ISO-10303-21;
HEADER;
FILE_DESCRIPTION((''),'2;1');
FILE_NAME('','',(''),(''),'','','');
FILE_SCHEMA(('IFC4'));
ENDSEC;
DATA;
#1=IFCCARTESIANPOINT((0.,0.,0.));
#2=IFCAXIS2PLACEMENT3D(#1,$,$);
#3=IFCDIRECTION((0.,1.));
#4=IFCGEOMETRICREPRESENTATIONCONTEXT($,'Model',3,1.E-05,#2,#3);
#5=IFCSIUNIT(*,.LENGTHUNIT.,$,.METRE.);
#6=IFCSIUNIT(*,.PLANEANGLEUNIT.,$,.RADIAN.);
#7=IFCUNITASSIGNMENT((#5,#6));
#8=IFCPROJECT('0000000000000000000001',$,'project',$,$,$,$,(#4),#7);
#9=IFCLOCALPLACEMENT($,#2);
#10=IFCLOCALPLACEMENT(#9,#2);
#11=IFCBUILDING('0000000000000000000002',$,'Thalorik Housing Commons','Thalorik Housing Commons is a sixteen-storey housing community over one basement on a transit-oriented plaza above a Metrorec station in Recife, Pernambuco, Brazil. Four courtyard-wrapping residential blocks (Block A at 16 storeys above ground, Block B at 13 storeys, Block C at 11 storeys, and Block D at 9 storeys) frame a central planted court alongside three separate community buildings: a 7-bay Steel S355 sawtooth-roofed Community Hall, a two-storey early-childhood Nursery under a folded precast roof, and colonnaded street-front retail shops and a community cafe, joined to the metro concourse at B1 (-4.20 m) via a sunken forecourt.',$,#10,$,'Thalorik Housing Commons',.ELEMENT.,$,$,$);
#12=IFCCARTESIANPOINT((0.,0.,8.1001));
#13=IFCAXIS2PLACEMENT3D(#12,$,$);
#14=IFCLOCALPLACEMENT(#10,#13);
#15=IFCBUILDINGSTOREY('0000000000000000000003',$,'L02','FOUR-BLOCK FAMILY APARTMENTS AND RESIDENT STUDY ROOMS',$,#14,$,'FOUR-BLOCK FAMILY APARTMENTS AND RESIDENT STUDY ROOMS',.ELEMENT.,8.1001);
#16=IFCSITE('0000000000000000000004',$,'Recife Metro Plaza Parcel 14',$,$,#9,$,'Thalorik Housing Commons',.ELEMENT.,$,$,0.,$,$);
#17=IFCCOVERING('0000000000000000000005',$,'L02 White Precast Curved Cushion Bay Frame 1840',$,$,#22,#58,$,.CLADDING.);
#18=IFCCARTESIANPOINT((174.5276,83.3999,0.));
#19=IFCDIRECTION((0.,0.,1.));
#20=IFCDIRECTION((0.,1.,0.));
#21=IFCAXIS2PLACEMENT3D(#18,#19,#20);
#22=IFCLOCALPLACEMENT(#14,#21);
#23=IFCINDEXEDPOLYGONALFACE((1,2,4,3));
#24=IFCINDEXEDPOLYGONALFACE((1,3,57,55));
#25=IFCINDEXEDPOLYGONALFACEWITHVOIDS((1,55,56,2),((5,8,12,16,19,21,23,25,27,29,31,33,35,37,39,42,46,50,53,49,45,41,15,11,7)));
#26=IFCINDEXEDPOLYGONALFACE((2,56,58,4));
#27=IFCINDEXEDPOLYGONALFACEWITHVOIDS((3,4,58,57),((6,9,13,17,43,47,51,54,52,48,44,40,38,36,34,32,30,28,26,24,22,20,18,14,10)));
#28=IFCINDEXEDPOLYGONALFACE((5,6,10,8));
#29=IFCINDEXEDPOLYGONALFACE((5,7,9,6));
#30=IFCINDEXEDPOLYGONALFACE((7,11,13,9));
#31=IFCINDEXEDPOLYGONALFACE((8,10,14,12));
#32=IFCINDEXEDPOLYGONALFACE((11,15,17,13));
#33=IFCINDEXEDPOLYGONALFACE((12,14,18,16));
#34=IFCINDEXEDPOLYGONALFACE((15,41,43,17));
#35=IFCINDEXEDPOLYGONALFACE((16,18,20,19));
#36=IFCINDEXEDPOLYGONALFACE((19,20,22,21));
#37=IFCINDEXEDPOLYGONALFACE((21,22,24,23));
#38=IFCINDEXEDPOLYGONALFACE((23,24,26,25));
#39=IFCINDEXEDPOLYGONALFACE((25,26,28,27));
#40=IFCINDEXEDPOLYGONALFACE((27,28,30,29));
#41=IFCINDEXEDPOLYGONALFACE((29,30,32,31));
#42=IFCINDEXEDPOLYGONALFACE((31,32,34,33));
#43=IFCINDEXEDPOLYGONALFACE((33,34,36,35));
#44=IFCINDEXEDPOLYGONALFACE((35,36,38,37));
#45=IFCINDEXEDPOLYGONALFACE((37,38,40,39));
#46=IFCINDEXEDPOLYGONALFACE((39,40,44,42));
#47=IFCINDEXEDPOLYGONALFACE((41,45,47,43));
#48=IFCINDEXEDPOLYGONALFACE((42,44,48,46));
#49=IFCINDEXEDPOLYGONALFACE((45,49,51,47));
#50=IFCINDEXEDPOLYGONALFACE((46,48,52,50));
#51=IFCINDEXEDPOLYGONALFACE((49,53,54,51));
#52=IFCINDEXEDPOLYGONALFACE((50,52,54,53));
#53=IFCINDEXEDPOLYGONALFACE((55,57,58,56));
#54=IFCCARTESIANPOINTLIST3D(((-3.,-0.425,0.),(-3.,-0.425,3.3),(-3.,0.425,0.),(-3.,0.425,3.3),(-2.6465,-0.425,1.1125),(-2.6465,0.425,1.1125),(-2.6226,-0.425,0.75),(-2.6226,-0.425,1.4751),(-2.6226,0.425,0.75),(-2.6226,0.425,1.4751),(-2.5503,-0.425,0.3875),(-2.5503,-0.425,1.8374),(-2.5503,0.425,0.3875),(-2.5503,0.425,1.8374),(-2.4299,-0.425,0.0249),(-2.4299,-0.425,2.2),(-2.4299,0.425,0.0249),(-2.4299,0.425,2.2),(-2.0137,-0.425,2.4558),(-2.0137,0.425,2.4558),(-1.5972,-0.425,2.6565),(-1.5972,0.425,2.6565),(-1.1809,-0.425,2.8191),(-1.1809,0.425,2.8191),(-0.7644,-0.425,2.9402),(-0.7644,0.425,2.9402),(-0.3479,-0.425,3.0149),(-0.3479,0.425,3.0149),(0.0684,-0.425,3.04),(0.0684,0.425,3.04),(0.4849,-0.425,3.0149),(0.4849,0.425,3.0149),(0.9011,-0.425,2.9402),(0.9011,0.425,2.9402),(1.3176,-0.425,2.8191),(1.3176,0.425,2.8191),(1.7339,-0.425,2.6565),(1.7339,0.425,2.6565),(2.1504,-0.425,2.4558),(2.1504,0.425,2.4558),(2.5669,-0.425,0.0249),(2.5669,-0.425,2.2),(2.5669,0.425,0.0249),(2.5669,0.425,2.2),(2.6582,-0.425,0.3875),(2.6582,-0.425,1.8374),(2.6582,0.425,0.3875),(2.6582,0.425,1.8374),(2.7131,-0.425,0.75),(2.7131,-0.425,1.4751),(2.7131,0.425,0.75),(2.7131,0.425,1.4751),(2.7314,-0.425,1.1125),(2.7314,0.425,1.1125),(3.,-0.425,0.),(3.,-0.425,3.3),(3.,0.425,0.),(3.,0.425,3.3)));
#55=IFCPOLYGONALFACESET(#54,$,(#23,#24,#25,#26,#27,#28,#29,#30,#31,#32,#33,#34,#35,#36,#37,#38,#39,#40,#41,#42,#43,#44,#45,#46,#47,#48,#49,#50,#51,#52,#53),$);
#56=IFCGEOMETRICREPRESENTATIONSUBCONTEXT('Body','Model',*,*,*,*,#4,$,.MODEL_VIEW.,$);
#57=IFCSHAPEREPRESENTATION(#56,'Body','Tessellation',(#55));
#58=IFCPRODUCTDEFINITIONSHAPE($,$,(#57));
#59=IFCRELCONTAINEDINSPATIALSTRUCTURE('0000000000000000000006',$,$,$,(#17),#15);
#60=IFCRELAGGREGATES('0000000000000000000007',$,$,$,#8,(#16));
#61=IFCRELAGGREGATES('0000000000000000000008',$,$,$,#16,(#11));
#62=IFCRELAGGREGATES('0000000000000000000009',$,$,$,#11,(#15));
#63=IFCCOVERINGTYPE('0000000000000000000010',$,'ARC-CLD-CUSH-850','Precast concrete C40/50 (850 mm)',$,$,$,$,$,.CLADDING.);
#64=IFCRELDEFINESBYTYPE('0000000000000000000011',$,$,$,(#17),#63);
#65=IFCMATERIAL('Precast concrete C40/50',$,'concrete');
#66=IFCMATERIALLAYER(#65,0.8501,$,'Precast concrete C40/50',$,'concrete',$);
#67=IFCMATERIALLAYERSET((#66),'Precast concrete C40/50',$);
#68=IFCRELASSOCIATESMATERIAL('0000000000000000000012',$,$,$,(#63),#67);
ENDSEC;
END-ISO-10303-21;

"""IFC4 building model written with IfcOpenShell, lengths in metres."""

from ifc_helpers import new_model, si_unit, direction, frame, origin, place, context, subcontext, project, spatial, polyline, outline, extrude, material, layer, layer_set, type_object, element, save


model = new_model("IFC4")

# Units and contexts
model_context = context("Model", 3, precision=1e-05, world=origin(), true_north=direction((0.0, 1.0)))
body_context = subcontext(model_context, "Body", "Model", "MODEL_VIEW")
ifc_project = project(units=[si_unit("LENGTHUNIT", "METRE"), si_unit("PLANEANGLEUNIT", "RADIAN")], contexts=[model_context])

# Site, building, storey
site_placement = place(None, origin())
site = spatial("IfcSite", under=ifc_project, at=site_placement, Name="Recife Metro Plaza Parcel 14", LongName="Thalorik Housing Commons", CompositionType="ELEMENT", RefElevation=0.0)
building_placement = place(site_placement, origin())
building = spatial("IfcBuilding", under=site, at=building_placement, Name="Thalorik Housing Commons", Description="Thalorik Housing Commons is a sixteen-storey housing community over one basement on a transit-oriented plaza above a Metrorec station in Recife, Pernambuco, Brazil. Four courtyard-wrapping residential blocks (Block A at 16 storeys above ground, Block B at 13 storeys, Block C at 11 storeys, and Block D at 9 storeys) frame a central planted court alongside three separate community buildings: a 7-bay Steel S355 sawtooth-roofed Community Hall, a two-storey early-childhood Nursery under a folded precast roof, and colonnaded street-front retail shops and a community cafe, joined to the metro concourse at B1 (-4.20 m) via a sunken forecourt.", LongName="Thalorik Housing Commons", CompositionType="ELEMENT")
storey_placement = place(building_placement, frame((0.0, 0.0, 8.1001)))
storey = spatial("IfcBuildingStorey", under=building, at=storey_placement, Name="L02", Description="FOUR-BLOCK FAMILY APARTMENTS AND RESIDENT STUDY ROOMS", LongName="FOUR-BLOCK FAMILY APARTMENTS AND RESIDENT STUDY ROOMS", CompositionType="ELEMENT", Elevation=8.1001)

# Shared definitions
ifc_material_1 = material(Name="Precast concrete C40/50", Category="concrete")

# Covering
ifc_layer_1 = layer(ifc_material_1, 0.8501, Name="Precast concrete C40/50", Category="concrete")
ifc_layer_set_1 = layer_set([ifc_layer_1], Name="Precast concrete C40/50")
covering_type_1 = type_object("IfcCoveringType", Name="ARC-CLD-CUSH-850", Description="Precast concrete C40/50 (850 mm)", PredefinedType="CLADDING", material=ifc_layer_set_1)
covering_1_placement = place(storey_placement, frame((174.5276, 83.3999, 0.0), z_axis=(0.0, 0.0, 1.0), x_axis=(0.0, 1.0, 0.0)))
element("IfcCovering", 1, at=covering_1_placement, inside=storey, type_object=covering_type_1, Name="L02 White Precast Curved Cushion Bay Frame 1840", PredefinedType="CLADDING", context=body_context, shape_type="SweptSolid", body=[
    extrude(outline(polyline([(-3.0, 0.0), (3.0, 0.0), (3.0, 3.3), (-3.0, 3.3), (-3.0, 0.0)]), holes=[polyline([(2.5669, 0.0249), (2.6582, 0.3875), (2.7131, 0.75), (2.7314, 1.1125), (2.7131, 1.4751), (2.6582, 1.8374), (2.5669, 2.2), (2.1504, 2.4558), (1.7339, 2.6565), (1.3176, 2.8191), (0.9011, 2.9402), (0.4849, 3.0149), (0.0684, 3.04), (-0.3479, 3.0149), (-0.7644, 2.9402), (-1.1809, 2.8191), (-1.5972, 2.6565), (-2.0137, 2.4558), (-2.4299, 2.2), (-2.5503, 1.8374), (-2.6226, 1.4751), (-2.6465, 1.1125), (-2.6226, 0.75), (-2.5503, 0.3875), (-2.4299, 0.0249), (2.5669, 0.0249)])]), frame((0.0, 0.425, 0.0), z_axis=(0.0, -1.0, 0.0), x_axis=(1.0, 0.0, 0.0)), (0.0, 0.0, 1.0), 0.8501),
])

save(model, "model.ifc")
